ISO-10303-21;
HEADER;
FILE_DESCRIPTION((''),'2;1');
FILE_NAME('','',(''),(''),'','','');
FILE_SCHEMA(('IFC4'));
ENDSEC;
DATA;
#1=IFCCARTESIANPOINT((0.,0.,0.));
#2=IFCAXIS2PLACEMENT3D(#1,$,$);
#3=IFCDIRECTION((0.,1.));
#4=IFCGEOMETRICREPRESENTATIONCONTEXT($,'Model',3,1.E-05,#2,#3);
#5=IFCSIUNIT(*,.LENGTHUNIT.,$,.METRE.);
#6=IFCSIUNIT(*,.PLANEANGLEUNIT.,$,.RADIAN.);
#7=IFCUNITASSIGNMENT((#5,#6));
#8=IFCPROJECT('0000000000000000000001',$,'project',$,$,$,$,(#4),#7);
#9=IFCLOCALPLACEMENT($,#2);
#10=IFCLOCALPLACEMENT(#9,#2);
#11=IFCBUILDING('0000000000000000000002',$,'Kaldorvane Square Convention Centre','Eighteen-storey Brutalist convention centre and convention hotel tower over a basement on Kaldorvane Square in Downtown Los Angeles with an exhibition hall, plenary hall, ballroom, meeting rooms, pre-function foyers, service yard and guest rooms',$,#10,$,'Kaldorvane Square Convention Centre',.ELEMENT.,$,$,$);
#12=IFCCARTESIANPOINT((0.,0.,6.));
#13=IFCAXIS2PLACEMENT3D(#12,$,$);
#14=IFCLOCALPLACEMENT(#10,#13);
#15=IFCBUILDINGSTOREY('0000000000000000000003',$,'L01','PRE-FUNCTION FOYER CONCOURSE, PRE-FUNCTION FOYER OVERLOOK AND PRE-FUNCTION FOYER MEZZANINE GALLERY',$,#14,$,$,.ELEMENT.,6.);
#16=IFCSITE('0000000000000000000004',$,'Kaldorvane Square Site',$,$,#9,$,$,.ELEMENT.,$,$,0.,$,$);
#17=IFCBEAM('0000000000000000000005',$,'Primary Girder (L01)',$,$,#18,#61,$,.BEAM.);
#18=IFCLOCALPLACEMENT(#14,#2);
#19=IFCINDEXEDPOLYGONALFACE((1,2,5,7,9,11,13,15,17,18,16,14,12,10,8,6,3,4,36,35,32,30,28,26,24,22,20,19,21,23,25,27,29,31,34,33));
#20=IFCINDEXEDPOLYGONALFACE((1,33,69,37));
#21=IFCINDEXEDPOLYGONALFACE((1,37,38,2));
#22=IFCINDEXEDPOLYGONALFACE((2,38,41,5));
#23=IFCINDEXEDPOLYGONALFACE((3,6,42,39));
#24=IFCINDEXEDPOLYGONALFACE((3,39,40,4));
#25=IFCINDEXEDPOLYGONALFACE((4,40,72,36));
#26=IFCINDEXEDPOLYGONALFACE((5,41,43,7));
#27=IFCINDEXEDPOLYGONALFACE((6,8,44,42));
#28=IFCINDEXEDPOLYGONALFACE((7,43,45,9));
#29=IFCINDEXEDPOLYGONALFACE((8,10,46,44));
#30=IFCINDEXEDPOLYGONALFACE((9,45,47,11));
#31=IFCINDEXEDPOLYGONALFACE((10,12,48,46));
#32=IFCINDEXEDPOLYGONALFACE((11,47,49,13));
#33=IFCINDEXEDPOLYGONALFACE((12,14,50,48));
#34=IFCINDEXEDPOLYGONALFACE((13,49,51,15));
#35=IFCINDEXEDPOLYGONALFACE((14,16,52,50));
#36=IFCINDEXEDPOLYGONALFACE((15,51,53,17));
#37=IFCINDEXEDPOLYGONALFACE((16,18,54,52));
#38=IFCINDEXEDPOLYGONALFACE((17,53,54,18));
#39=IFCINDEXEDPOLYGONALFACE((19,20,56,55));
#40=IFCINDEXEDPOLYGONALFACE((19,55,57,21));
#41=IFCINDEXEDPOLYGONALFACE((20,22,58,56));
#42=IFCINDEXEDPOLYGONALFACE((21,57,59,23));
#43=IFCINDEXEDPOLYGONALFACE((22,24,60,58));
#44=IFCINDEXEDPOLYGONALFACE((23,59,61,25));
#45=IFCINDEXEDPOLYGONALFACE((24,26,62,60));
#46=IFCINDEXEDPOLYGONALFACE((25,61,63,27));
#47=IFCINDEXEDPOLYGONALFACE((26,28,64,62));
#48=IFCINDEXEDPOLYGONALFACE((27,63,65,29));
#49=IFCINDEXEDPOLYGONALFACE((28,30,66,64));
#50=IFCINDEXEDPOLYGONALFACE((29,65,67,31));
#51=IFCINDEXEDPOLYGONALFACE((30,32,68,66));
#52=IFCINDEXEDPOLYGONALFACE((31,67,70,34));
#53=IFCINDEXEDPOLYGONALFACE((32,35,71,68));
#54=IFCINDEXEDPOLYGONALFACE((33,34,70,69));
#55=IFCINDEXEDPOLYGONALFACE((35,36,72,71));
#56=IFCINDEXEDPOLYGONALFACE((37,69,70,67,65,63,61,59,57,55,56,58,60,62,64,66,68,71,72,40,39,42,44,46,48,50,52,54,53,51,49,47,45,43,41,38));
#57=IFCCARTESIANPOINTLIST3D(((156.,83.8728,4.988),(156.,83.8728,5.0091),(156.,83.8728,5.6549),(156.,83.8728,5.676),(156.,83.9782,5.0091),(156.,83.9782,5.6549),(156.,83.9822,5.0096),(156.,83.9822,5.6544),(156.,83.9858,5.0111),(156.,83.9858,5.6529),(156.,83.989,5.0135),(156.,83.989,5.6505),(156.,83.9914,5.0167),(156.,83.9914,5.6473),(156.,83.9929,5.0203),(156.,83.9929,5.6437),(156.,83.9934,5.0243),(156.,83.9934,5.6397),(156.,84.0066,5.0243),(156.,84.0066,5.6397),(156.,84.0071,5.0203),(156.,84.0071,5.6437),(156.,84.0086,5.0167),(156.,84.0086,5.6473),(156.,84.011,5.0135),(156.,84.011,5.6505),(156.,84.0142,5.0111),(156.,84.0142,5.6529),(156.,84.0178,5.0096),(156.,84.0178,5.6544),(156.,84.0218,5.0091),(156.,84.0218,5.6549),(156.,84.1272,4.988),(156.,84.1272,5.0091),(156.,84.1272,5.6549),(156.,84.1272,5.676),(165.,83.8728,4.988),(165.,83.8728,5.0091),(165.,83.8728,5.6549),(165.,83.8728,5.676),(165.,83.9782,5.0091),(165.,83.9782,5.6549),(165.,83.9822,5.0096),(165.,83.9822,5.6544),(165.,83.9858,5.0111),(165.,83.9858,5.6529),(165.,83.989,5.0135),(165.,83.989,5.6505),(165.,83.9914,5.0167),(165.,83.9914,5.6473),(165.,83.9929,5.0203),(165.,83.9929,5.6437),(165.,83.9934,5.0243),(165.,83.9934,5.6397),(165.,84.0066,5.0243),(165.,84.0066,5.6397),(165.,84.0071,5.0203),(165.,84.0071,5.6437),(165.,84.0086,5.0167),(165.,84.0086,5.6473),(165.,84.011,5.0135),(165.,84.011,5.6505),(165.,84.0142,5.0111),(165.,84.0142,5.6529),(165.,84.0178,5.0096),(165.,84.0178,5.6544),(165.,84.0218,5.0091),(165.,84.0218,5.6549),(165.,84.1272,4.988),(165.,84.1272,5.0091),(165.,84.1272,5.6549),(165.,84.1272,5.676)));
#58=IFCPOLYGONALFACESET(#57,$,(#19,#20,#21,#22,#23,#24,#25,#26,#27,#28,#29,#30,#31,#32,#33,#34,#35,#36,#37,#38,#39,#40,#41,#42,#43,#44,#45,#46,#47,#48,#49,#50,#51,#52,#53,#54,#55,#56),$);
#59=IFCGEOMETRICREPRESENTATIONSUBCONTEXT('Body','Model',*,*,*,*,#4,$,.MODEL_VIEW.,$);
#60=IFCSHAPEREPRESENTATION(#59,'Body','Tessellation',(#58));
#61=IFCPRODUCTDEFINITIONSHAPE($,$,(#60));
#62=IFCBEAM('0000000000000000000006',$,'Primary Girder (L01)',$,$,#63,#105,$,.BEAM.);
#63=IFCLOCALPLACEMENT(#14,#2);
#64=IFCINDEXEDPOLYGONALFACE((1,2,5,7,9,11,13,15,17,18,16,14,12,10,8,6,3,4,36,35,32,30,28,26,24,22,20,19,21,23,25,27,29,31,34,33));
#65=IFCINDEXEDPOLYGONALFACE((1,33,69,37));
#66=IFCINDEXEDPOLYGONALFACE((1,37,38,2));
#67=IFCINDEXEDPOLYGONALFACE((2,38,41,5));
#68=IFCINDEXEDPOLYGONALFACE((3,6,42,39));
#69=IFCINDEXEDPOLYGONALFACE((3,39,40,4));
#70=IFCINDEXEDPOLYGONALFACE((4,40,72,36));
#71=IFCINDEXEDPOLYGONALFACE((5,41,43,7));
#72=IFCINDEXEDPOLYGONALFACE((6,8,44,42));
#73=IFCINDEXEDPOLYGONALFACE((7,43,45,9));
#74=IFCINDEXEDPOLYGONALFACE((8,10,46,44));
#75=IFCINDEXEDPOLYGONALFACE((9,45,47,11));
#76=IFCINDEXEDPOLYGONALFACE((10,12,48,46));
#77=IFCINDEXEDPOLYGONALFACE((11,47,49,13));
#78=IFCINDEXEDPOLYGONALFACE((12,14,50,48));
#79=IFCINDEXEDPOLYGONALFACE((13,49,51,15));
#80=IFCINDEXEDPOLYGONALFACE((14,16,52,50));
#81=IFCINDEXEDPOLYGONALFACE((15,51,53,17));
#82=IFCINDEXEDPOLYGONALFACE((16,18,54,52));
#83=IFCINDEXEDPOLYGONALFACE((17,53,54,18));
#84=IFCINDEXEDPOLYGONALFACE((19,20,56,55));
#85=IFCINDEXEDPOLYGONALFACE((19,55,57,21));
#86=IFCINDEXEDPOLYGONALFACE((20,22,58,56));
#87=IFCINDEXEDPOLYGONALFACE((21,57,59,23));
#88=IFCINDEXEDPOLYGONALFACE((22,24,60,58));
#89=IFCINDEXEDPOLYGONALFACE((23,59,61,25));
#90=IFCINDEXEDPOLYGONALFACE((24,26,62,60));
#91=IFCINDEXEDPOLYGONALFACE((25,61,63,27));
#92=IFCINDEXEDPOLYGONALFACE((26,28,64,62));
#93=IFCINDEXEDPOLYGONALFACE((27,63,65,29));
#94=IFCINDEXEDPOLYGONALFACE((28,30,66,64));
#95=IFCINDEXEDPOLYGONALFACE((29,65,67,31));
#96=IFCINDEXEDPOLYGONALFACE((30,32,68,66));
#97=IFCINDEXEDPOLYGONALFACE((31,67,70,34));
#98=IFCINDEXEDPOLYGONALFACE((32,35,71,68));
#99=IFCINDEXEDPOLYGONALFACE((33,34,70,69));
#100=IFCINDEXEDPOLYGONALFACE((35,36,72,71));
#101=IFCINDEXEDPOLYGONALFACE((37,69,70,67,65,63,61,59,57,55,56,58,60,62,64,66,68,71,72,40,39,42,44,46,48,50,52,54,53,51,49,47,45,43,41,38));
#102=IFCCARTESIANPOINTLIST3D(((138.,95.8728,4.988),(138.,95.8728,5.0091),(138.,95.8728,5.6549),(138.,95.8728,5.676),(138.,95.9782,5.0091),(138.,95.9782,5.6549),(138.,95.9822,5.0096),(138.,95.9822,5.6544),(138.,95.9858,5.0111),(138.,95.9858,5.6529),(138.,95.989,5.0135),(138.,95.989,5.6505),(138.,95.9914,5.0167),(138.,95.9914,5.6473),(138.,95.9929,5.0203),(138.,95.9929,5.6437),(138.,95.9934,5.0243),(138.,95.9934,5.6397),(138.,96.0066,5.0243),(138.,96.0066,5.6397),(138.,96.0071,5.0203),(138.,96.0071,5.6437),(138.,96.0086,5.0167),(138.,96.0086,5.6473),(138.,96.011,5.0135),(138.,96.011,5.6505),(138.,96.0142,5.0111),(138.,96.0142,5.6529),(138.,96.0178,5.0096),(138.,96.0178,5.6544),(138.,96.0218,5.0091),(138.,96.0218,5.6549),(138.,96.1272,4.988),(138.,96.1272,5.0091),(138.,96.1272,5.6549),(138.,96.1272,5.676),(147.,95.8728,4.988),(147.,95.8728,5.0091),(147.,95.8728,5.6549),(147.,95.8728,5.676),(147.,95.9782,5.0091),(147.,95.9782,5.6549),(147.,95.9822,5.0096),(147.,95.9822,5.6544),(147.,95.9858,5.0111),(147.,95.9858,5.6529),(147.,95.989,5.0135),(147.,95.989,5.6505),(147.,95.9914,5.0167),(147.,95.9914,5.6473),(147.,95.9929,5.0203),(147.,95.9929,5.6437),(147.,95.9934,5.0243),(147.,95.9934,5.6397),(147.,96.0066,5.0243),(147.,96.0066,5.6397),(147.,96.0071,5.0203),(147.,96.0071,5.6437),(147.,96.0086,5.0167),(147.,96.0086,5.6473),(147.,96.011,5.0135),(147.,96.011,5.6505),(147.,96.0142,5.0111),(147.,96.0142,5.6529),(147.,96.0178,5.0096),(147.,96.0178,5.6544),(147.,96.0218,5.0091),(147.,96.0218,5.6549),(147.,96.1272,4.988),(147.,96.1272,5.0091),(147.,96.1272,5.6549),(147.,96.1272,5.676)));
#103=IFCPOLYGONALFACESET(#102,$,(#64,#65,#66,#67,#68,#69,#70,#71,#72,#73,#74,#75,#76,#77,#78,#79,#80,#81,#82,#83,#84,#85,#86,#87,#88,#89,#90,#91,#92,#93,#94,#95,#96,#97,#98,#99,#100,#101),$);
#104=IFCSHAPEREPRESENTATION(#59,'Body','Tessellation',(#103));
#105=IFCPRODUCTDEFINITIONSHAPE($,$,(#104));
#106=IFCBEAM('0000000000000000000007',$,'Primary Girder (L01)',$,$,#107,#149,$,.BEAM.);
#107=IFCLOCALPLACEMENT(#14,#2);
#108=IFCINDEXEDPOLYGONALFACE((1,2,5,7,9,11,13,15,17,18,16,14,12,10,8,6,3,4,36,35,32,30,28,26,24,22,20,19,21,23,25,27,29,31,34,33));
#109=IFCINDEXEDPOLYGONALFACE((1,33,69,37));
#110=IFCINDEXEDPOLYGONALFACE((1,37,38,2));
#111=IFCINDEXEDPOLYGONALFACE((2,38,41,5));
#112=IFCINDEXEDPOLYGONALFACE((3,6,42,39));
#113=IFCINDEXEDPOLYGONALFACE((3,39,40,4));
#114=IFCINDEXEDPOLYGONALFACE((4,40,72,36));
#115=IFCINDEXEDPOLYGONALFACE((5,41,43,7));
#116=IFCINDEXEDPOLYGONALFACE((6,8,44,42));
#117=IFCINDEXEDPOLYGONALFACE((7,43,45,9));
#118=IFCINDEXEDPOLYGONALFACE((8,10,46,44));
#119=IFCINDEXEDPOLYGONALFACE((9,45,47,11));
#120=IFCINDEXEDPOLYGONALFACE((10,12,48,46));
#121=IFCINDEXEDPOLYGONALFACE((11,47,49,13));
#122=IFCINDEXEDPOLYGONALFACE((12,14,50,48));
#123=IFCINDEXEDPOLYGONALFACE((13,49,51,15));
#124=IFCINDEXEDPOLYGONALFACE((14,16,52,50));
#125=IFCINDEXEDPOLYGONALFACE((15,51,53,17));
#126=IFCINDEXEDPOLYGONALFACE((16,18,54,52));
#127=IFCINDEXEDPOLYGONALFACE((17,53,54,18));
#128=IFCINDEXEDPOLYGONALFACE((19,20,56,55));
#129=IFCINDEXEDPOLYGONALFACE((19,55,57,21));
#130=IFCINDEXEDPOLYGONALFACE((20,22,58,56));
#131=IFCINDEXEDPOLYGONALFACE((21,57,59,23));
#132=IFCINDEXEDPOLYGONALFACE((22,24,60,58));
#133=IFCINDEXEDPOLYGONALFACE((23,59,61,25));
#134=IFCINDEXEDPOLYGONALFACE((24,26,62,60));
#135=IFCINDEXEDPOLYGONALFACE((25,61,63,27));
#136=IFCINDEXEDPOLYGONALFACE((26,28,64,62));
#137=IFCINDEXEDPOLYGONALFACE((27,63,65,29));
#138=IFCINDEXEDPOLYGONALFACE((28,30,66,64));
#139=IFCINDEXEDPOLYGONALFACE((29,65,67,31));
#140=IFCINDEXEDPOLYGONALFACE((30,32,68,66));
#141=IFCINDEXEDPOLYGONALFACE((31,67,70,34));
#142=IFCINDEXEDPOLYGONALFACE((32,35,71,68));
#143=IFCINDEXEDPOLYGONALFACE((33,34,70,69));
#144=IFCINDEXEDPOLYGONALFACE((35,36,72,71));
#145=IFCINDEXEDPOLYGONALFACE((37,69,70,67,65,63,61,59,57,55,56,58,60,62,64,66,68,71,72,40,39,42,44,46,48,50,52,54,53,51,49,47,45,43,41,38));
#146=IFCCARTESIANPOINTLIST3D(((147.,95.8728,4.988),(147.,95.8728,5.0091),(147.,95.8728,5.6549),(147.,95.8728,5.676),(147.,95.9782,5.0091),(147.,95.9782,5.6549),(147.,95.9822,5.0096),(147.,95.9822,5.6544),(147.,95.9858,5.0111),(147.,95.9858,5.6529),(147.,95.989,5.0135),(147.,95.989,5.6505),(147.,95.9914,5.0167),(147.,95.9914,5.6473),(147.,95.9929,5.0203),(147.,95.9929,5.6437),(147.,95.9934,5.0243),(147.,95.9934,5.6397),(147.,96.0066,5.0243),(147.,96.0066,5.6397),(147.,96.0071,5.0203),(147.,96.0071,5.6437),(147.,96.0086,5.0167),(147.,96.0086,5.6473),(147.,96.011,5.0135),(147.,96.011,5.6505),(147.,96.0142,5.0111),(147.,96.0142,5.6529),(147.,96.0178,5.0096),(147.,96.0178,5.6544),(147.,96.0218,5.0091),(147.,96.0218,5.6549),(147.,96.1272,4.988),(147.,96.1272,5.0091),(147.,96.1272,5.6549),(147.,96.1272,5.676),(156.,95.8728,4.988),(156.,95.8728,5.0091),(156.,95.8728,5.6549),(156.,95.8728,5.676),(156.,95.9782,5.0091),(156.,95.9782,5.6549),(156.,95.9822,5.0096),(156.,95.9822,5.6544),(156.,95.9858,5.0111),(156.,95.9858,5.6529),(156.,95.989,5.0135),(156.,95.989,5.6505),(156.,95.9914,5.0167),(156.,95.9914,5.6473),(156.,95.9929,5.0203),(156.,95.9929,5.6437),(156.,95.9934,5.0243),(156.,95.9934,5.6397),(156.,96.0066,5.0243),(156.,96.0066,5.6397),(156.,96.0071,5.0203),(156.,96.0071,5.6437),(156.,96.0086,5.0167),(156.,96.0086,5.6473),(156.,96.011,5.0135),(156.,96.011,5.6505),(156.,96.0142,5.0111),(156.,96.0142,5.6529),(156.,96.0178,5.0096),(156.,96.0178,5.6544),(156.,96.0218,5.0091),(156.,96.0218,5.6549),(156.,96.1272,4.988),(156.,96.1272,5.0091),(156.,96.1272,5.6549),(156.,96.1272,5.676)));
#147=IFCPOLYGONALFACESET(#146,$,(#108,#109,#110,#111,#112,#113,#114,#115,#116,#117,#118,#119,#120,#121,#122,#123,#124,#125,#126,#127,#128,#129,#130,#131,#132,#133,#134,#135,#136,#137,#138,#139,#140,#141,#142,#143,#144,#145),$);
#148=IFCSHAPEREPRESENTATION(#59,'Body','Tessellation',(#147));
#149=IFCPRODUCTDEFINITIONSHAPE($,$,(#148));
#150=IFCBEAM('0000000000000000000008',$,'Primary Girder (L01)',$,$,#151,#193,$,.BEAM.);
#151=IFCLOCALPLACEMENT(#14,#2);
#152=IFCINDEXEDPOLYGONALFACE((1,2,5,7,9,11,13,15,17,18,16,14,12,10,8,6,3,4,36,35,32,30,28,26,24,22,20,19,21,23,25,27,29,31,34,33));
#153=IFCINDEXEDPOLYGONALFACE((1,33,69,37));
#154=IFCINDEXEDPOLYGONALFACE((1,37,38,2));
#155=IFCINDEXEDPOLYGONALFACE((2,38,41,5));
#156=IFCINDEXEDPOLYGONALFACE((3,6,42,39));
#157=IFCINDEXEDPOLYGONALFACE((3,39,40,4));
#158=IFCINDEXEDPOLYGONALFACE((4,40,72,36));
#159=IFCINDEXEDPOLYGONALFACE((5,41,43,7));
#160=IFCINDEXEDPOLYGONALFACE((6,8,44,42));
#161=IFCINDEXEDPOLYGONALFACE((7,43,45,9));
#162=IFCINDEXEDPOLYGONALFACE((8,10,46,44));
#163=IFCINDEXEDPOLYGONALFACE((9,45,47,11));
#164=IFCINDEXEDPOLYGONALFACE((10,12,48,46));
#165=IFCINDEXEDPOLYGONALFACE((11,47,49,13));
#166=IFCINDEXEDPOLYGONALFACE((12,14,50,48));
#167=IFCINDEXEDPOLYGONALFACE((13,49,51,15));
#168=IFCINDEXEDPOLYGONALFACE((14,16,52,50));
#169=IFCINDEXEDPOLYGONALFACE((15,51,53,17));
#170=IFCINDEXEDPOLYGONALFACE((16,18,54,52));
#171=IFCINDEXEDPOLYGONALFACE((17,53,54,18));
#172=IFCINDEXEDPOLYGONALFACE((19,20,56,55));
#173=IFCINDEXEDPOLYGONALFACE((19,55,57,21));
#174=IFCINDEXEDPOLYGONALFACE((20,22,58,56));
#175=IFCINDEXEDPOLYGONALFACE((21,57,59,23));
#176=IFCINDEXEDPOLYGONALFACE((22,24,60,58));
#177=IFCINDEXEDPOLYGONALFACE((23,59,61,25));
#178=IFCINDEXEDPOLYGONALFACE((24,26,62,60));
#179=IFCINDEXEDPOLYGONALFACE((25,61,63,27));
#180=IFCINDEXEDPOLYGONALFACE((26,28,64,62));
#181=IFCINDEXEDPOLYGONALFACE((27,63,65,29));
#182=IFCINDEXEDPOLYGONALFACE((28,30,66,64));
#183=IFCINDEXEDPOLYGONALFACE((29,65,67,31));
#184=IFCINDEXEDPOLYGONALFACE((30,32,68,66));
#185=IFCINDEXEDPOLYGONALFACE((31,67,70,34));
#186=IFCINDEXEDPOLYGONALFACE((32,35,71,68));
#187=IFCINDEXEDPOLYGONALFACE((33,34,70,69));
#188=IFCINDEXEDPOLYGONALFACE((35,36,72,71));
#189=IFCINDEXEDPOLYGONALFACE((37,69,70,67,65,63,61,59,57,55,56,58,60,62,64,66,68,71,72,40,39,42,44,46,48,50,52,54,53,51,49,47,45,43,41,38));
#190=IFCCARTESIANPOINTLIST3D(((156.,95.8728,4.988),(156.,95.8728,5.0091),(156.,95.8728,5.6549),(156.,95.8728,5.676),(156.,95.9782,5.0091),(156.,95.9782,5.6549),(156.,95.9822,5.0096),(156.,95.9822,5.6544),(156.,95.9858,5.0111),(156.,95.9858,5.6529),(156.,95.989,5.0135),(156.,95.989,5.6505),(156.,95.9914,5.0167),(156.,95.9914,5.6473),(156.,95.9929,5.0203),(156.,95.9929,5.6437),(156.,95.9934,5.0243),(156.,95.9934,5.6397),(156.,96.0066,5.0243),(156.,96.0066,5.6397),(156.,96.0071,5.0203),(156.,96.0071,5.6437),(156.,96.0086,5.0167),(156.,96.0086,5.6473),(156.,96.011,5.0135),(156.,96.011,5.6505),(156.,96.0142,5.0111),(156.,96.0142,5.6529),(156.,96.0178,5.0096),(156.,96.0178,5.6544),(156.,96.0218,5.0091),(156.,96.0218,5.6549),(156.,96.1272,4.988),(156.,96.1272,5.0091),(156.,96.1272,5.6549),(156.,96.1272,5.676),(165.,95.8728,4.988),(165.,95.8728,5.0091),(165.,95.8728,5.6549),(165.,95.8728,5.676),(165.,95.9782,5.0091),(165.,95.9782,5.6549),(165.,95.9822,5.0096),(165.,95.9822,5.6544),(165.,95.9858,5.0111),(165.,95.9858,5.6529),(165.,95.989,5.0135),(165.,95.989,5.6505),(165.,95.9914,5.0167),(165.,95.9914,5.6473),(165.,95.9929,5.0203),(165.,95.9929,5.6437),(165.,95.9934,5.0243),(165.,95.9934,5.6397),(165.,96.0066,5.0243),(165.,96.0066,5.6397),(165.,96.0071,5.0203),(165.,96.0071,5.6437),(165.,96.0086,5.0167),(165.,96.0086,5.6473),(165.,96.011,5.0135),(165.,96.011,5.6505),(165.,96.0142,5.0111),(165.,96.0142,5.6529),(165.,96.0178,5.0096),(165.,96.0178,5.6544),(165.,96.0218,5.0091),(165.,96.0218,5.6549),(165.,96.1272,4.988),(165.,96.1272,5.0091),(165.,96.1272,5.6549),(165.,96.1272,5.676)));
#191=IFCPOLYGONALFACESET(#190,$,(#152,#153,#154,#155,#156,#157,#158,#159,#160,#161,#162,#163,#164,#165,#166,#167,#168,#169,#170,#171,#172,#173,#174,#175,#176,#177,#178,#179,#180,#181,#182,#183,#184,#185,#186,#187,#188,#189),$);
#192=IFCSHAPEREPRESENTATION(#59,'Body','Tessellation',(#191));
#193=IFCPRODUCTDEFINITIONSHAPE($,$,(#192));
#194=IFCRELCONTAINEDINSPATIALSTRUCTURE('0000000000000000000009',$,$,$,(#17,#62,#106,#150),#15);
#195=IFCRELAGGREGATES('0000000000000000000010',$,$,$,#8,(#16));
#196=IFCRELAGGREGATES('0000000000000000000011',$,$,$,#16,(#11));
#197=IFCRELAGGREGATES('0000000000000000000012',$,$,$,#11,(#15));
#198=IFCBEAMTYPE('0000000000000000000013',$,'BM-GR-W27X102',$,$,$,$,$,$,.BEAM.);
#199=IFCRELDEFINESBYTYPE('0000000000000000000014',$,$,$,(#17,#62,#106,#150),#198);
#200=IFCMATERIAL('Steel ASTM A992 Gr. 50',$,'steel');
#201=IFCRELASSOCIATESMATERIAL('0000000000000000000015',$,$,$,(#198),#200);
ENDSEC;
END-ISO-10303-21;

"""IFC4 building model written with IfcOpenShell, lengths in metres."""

from ifc_helpers import new_model, si_unit, direction, frame, origin, origin_2d, place, context, subcontext, project, spatial, i_section, extrude, material, material_profile, profile_set, type_object, element, save


model = new_model("IFC4")

# Units and contexts
model_context = context("Model", 3, precision=1e-05, world=origin(), true_north=direction((0.0, 1.0)))
body_context = subcontext(model_context, "Body", "Model", "MODEL_VIEW")
ifc_project = project(units=[si_unit("LENGTHUNIT", "METRE"), si_unit("PLANEANGLEUNIT", "RADIAN")], contexts=[model_context])

# Site, building, storey
site_placement = place(None, origin())
site = spatial("IfcSite", under=ifc_project, at=site_placement, Name="Kaldorvane Square Site", CompositionType="ELEMENT", RefElevation=0.0)
building_placement = place(site_placement, origin())
building = spatial("IfcBuilding", under=site, at=building_placement, Name="Kaldorvane Square Convention Centre", Description="Eighteen-storey Brutalist convention centre and convention hotel tower over a basement on Kaldorvane Square in Downtown Los Angeles with an exhibition hall, plenary hall, ballroom, meeting rooms, pre-function foyers, service yard and guest rooms", LongName="Kaldorvane Square Convention Centre", CompositionType="ELEMENT")
storey_placement = place(building_placement, frame((0.0, 0.0, 6.0)))
storey = spatial("IfcBuildingStorey", under=building, at=storey_placement, Name="L01", Description="PRE-FUNCTION FOYER CONCOURSE, PRE-FUNCTION FOYER OVERLOOK AND PRE-FUNCTION FOYER MEZZANINE GALLERY", CompositionType="ELEMENT", Elevation=6.0)

# Shared definitions
ifc_material_1 = material(Name="Steel ASTM A992 Gr. 50", Category="steel")

# Beams
ifc_material_profile_1 = material_profile(ifc_material_1, i_section(OverallWidth=0.2544, OverallDepth=0.6881, WebThickness=0.0131, FlangeThickness=0.0211, FilletRadius=0.0152, at=origin_2d()), Name="W27X102")
ifc_profile_set_1 = profile_set([ifc_material_profile_1], Name="Steel ASTM A992 Gr. 50")
beam_type_1 = type_object("IfcBeamType", Name="BM-GR-W27X102", PredefinedType="BEAM", material=ifc_profile_set_1)
for number, where, z_axis, x_axis, name in (
    (1, (156.0, 84.0, 5.332), (1.0, 0.0, 0.0), (0.0, 1.0, 0.0), "Primary Girder (L01)"),
    (2, (138.0, 96.0, 5.332), (1.0, 0.0, 0.0), (0.0, 1.0, 0.0), "Primary Girder (L01)"),
    (3, (147.0, 96.0, 5.332), (1.0, 0.0, 0.0), (0.0, 1.0, 0.0), "Primary Girder (L01)"),
    (4, (156.0, 96.0, 5.332), (1.0, 0.0, 0.0), (0.0, 1.0, 0.0), "Primary Girder (L01)"),
):
    element("IfcBeam", number, at=place(storey_placement, frame(where, z_axis=z_axis, x_axis=x_axis)), inside=storey, type_object=beam_type_1, Name=name, PredefinedType="BEAM", context=body_context, shape_type="SweptSolid", body=[
        extrude(i_section(OverallWidth=0.2544, OverallDepth=0.6881, WebThickness=0.0131, FlangeThickness=0.0211, FilletRadius=0.0152, at=origin_2d()), origin(), (0.0, 0.0, 1.0), 9.0),
    ])

save(model, "model.ifc")
